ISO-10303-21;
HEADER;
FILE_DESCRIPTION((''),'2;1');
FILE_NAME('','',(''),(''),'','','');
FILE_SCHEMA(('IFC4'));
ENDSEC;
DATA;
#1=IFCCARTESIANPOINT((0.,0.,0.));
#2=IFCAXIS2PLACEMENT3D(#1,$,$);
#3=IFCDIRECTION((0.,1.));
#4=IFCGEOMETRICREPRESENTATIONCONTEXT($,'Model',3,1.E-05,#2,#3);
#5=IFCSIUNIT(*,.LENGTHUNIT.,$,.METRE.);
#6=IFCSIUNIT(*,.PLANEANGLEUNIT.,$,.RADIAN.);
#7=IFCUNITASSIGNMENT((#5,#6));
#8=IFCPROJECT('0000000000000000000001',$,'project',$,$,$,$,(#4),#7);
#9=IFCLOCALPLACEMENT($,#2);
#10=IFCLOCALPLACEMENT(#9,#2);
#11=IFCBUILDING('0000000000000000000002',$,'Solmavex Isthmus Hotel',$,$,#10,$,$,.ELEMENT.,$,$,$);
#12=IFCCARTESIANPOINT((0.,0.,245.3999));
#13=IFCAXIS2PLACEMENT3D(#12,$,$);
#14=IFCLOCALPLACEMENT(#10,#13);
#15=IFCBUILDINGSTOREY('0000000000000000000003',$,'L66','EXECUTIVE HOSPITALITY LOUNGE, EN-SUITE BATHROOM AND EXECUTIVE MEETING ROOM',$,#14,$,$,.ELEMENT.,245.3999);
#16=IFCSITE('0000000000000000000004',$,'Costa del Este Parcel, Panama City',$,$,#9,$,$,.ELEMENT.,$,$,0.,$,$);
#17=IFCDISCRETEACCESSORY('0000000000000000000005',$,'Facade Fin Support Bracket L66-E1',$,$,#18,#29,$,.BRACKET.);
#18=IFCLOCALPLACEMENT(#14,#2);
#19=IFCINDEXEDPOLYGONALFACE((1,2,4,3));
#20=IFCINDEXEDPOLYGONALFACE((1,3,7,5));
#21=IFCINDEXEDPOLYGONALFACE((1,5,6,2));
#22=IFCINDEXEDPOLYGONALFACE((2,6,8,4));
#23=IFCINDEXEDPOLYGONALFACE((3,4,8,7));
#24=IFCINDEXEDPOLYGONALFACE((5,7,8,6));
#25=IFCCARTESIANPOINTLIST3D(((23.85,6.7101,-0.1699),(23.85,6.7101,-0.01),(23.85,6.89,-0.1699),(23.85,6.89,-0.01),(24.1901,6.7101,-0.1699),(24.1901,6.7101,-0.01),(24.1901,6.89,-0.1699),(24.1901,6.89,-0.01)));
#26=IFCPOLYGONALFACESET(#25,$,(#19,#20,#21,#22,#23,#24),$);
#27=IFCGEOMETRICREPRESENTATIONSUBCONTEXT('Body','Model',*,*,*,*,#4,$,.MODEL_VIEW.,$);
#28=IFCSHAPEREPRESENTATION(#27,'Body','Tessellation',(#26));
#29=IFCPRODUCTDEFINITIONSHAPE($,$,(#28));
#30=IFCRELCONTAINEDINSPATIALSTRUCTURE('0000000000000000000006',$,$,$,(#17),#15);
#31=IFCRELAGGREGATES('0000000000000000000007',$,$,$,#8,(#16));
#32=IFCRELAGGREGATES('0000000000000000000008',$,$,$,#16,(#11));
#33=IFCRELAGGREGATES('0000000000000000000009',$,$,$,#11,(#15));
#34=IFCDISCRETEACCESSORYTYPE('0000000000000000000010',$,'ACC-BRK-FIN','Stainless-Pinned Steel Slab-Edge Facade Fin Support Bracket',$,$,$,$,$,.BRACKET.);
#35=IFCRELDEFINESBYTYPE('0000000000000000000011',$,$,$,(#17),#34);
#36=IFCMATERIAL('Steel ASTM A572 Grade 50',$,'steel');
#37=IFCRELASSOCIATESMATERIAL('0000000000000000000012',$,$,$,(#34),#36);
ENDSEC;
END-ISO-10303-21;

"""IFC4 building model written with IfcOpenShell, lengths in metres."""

from ifc_helpers import new_model, si_unit, direction, frame, origin, origin_2d, place, context, subcontext, project, spatial, rectangle, extrude, material, type_object, element, save


model = new_model("IFC4")

# Units and contexts
model_context = context("Model", 3, precision=1e-05, world=origin(), true_north=direction((0.0, 1.0)))
body_context = subcontext(model_context, "Body", "Model", "MODEL_VIEW")
ifc_project = project(units=[si_unit("LENGTHUNIT", "METRE"), si_unit("PLANEANGLEUNIT", "RADIAN")], contexts=[model_context])

# Site, building, storey
site_placement = place(None, origin())
site = spatial("IfcSite", under=ifc_project, at=site_placement, Name="Costa del Este Parcel, Panama City", CompositionType="ELEMENT", RefElevation=0.0)
building_placement = place(site_placement, origin())
building = spatial("IfcBuilding", under=site, at=building_placement, Name="Solmavex Isthmus Hotel", CompositionType="ELEMENT")
storey_placement = place(building_placement, frame((0.0, 0.0, 245.3999)))
storey = spatial("IfcBuildingStorey", under=building, at=storey_placement, Name="L66", Description="EXECUTIVE HOSPITALITY LOUNGE, EN-SUITE BATHROOM AND EXECUTIVE MEETING ROOM", CompositionType="ELEMENT", Elevation=245.3999)

# Shared definitions
ifc_material_1 = material(Name="Steel ASTM A572 Grade 50", Category="steel")

# Discrete accessory
discrete_accessory_type = type_object("IfcDiscreteAccessoryType", Name="ACC-BRK-FIN", Description="Stainless-Pinned Steel Slab-Edge Facade Fin Support Bracket", PredefinedType="BRACKET", material=ifc_material_1)
discrete_accessory_placement = place(storey_placement, frame((24.02, 6.8, -0.1699), z_axis=(0.0, 0.0, 1.0), x_axis=(1.0, 0.0, 0.0)))
element("IfcDiscreteAccessory", 1, at=discrete_accessory_placement, inside=storey, type_object=discrete_accessory_type, Name="Facade Fin Support Bracket L66-E1", PredefinedType="BRACKET", context=body_context, shape_type="SweptSolid", body=[
    extrude(rectangle(XDim=0.3401, YDim=0.1799, at=origin_2d()), origin(), (0.0, 0.0, 1.0), 0.1599),
])

save(model, "model.ifc")
